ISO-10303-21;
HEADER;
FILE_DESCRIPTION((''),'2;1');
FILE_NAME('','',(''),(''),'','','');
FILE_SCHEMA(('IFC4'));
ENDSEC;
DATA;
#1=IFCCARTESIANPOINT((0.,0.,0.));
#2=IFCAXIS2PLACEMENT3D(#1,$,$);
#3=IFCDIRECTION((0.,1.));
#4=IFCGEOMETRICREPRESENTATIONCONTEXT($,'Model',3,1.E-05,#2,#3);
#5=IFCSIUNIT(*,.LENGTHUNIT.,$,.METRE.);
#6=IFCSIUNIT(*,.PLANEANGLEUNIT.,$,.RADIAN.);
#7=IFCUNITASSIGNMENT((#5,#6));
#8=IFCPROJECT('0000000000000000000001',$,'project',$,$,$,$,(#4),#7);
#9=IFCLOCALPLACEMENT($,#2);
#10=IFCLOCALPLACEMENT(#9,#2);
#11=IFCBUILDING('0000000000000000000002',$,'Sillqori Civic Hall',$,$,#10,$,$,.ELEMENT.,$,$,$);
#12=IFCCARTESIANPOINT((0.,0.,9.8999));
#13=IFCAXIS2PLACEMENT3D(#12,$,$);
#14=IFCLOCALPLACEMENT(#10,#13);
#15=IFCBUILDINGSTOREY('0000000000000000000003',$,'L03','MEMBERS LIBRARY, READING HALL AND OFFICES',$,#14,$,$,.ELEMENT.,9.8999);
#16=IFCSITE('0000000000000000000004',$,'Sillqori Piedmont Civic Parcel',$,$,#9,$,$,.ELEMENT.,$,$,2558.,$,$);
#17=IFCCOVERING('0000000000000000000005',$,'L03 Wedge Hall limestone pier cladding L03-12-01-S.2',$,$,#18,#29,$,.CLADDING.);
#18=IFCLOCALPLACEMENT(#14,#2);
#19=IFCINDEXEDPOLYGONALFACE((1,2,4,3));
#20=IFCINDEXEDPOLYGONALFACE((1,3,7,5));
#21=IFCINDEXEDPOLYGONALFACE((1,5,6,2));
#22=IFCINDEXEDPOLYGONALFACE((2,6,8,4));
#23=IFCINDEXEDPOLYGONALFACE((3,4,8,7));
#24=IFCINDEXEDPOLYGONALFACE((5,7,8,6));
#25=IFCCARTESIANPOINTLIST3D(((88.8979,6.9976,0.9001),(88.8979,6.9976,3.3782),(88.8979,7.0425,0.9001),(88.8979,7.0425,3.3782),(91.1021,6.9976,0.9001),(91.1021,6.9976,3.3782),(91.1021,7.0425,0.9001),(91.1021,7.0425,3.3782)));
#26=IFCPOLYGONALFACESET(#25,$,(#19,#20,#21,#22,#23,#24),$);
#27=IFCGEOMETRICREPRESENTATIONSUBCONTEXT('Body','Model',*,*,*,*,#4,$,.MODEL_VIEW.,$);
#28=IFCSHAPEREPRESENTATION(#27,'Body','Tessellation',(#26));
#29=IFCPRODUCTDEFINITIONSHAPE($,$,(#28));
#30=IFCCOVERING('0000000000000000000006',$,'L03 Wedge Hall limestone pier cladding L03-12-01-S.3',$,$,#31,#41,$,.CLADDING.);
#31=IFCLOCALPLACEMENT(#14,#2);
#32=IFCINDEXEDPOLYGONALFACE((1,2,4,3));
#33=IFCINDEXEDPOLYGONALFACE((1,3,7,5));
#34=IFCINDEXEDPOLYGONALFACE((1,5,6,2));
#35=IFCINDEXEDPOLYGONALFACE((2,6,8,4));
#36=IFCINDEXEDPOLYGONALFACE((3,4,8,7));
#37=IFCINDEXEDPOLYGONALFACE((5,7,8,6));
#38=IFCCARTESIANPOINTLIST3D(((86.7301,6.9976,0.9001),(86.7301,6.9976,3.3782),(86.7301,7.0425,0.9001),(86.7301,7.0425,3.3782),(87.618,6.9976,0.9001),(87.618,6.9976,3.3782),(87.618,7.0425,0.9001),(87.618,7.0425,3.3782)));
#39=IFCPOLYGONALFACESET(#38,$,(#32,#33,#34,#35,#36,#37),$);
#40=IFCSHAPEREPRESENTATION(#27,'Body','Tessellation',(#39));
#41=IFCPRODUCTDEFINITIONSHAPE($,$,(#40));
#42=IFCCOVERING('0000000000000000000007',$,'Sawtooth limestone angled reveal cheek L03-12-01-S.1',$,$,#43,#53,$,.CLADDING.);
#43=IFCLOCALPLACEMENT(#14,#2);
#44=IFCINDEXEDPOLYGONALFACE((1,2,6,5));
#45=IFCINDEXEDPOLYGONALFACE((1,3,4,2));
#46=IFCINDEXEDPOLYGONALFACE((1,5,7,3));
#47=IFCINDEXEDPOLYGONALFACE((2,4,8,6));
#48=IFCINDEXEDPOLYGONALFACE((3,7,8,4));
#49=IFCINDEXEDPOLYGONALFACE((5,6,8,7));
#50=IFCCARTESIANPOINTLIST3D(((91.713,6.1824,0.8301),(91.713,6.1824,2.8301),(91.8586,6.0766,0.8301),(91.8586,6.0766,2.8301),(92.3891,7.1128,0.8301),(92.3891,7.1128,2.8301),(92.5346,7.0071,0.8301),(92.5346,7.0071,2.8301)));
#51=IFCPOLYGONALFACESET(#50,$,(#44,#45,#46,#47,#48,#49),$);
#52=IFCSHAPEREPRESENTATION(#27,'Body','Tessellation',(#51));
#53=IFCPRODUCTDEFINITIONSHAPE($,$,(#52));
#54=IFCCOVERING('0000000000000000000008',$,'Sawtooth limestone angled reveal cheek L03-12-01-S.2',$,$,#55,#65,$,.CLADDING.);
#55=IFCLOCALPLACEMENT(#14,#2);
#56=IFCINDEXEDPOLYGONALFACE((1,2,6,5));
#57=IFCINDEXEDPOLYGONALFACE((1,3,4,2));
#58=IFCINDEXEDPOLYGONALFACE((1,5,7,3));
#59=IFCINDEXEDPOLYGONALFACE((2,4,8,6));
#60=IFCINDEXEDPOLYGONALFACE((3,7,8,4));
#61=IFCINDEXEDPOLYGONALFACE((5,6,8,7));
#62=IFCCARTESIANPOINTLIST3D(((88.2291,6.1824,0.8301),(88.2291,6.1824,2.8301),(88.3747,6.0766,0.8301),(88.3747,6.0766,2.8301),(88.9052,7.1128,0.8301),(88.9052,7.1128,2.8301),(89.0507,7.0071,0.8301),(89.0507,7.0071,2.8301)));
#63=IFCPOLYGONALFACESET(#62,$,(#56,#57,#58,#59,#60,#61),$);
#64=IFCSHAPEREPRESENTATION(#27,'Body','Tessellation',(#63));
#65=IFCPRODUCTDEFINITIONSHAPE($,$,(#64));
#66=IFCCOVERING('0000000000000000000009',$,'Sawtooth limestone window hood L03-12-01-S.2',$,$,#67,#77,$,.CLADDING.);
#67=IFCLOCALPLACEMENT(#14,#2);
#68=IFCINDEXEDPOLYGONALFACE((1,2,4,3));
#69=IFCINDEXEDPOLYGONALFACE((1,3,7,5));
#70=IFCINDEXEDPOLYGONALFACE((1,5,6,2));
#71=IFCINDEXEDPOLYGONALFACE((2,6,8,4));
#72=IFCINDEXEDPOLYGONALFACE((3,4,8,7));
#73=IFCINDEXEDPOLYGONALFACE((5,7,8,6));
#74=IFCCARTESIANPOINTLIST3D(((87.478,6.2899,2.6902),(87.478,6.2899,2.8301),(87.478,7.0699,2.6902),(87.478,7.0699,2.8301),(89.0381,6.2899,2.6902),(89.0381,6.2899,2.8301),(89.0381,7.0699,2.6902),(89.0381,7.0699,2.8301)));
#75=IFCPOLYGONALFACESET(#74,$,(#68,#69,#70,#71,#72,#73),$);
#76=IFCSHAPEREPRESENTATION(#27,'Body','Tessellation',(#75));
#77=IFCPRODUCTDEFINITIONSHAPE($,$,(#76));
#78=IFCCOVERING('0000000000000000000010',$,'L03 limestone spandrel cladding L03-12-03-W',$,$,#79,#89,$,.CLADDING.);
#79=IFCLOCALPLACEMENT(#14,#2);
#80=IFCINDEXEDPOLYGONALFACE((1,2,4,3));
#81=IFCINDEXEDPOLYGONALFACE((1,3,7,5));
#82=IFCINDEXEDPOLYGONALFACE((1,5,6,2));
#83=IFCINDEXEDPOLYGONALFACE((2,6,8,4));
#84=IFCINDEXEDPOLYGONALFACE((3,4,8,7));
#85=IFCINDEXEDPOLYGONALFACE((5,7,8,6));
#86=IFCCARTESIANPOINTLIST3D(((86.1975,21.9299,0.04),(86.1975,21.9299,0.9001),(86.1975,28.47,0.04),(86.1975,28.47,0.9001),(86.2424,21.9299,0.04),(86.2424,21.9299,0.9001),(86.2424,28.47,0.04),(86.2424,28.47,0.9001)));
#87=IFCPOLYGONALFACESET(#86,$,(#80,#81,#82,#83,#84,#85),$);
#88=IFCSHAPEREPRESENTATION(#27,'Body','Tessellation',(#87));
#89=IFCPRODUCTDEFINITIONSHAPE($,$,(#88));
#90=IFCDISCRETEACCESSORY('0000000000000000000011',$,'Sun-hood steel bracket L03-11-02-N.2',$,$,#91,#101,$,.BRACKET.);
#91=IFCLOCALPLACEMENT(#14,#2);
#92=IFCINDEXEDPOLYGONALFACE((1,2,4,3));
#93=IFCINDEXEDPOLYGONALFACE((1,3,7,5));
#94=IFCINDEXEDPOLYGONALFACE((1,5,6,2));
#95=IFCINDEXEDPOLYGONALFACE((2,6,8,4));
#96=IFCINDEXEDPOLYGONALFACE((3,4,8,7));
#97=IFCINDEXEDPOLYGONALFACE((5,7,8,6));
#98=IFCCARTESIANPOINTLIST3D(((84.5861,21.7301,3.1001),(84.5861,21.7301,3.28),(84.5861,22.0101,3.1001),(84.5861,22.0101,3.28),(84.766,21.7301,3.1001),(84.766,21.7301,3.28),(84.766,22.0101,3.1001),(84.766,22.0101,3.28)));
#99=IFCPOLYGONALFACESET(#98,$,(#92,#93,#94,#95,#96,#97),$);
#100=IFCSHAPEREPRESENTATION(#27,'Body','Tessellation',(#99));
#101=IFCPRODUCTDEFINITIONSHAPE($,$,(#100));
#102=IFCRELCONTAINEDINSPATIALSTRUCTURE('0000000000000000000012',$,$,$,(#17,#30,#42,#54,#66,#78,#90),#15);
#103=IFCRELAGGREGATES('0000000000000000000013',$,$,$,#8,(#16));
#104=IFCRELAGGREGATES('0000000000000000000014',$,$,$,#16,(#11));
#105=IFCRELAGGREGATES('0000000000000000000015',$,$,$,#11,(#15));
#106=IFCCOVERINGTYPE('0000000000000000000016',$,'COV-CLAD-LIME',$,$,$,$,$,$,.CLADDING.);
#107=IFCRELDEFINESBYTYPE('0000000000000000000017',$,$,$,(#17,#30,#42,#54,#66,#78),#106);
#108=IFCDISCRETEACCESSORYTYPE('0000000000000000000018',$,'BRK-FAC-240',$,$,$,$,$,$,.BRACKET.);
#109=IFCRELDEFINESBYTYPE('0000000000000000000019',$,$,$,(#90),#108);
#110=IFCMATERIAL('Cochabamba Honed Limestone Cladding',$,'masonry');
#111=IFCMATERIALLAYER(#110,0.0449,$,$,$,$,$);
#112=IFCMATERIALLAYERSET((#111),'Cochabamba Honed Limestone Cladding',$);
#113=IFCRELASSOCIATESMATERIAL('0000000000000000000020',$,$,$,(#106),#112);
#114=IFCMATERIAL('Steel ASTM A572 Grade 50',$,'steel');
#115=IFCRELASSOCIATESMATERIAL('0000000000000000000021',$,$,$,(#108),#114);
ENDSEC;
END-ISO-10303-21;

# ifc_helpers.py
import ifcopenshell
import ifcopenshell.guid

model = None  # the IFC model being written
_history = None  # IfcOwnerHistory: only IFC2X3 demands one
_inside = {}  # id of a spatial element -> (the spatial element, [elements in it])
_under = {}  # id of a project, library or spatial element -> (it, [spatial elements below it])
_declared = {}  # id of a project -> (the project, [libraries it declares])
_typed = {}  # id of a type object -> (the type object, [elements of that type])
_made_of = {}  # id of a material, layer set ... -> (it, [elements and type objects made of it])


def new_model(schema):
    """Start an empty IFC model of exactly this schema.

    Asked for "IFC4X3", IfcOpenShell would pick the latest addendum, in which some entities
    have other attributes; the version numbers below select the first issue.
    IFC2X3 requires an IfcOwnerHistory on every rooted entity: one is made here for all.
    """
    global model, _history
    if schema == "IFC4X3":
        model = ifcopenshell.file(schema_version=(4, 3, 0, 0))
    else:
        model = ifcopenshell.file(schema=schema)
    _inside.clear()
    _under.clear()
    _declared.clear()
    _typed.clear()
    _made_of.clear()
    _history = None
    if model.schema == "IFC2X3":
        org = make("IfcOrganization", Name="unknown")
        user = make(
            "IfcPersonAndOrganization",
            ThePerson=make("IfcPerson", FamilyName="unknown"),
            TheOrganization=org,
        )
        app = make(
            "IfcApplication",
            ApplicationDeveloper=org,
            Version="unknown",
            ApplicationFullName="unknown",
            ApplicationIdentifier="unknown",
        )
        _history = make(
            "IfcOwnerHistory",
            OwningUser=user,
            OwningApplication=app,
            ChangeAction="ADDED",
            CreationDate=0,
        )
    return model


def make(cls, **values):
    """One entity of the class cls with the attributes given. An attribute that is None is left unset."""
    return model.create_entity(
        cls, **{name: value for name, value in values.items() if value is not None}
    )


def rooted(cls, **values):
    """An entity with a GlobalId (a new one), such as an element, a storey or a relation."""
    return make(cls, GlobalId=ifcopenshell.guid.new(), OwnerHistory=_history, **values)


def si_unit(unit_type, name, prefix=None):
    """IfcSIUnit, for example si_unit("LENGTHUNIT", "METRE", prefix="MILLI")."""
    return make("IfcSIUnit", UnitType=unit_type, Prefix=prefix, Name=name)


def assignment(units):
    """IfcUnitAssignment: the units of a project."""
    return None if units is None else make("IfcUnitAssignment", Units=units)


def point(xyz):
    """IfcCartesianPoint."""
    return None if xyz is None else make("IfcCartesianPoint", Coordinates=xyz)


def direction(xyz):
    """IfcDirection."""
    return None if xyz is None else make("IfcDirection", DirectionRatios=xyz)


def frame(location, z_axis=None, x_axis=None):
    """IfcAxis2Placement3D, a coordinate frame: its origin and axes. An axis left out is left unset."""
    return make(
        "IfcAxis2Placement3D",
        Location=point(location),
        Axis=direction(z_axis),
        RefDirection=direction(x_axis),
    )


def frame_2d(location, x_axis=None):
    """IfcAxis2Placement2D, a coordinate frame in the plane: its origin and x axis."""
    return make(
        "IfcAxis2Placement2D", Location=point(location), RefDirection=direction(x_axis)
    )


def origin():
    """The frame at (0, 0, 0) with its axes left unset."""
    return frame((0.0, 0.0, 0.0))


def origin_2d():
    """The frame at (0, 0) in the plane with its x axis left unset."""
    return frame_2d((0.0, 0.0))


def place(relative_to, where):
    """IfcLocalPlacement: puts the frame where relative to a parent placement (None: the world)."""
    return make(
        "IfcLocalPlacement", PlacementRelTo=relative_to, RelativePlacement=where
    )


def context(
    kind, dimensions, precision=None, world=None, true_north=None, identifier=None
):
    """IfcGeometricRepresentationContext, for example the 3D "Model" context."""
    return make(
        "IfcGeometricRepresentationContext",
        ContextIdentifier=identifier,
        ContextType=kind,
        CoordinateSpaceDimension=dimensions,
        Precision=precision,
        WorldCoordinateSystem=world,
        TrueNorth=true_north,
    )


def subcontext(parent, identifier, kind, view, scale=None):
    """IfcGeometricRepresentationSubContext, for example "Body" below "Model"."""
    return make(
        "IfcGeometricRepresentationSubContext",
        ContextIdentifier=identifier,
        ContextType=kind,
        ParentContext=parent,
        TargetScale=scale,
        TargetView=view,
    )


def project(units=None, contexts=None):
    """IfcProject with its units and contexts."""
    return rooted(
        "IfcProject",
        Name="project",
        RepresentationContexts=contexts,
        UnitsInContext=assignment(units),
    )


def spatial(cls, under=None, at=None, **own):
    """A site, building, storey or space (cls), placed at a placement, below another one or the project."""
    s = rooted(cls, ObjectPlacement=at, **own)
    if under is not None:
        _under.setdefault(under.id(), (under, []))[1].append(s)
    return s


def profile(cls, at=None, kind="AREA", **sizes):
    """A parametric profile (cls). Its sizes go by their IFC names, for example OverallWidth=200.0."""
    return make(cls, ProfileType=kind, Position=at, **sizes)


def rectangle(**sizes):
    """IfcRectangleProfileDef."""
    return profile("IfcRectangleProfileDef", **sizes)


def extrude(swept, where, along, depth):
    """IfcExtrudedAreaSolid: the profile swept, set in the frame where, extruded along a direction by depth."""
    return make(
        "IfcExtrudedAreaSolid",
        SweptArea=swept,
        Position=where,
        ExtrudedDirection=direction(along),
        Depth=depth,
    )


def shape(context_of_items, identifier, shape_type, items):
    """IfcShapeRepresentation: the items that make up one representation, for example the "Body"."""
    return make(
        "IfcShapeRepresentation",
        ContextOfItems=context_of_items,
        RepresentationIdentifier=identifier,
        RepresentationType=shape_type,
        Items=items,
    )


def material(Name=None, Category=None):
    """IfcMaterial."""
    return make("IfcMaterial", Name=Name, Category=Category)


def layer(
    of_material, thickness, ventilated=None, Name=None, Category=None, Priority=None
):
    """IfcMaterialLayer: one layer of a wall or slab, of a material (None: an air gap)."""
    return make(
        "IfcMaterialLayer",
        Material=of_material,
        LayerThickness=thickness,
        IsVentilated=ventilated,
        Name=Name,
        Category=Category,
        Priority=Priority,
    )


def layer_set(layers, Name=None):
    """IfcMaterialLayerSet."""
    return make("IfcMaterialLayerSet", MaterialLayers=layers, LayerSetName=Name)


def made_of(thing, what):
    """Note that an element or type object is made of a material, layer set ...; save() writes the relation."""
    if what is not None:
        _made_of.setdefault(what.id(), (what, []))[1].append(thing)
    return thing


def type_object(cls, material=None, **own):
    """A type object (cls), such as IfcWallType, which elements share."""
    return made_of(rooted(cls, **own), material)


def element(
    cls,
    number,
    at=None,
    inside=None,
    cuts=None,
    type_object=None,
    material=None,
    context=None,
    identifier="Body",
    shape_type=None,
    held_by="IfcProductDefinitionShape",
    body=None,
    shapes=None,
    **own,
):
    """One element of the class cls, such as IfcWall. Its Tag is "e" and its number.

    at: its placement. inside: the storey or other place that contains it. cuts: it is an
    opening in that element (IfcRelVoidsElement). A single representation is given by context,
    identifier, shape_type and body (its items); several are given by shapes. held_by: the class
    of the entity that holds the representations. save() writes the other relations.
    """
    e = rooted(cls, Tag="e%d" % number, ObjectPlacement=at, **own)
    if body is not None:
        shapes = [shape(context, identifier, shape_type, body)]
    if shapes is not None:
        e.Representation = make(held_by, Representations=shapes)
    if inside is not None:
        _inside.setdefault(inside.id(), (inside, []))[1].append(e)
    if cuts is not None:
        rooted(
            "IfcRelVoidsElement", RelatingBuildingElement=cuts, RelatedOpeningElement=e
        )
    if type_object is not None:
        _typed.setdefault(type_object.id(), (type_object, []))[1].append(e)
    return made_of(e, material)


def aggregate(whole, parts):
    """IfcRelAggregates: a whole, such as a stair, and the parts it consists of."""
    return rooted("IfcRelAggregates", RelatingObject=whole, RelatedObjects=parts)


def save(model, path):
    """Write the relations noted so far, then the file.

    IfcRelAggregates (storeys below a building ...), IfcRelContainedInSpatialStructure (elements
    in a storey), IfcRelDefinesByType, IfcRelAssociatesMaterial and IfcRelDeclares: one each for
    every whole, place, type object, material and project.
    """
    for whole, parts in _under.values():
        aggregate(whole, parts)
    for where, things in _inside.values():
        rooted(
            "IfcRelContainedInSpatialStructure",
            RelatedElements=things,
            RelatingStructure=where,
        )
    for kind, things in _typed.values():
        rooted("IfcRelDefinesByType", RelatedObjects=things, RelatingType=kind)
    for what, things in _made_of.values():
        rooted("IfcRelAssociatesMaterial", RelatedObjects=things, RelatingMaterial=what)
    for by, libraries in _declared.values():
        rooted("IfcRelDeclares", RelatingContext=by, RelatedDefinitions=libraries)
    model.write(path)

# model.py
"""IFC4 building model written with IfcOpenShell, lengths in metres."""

from ifc_helpers import new_model, si_unit, direction, frame, frame_2d, origin, origin_2d, place, context, subcontext, project, spatial, rectangle, extrude, material, layer, layer_set, type_object, element, save


model = new_model("IFC4")

# Units and contexts
model_context = context("Model", 3, precision=1e-05, world=origin(), true_north=direction((0.0, 1.0)))
body_context = subcontext(model_context, "Body", "Model", "MODEL_VIEW")
ifc_project = project(units=[si_unit("LENGTHUNIT", "METRE"), si_unit("PLANEANGLEUNIT", "RADIAN")], contexts=[model_context])

# Site, building, storey
site_placement = place(None, origin())
site = spatial("IfcSite", under=ifc_project, at=site_placement, Name="Sillqori Piedmont Civic Parcel", CompositionType="ELEMENT", RefElevation=2558.0)
building_placement = place(site_placement, origin())
building = spatial("IfcBuilding", under=site, at=building_placement, Name="Sillqori Civic Hall", CompositionType="ELEMENT")
storey_placement = place(building_placement, frame((0.0, 0.0, 9.8999)))
storey = spatial("IfcBuildingStorey", under=building, at=storey_placement, Name="L03", Description="MEMBERS LIBRARY, READING HALL AND OFFICES", CompositionType="ELEMENT", Elevation=9.8999)

# Coverings
ifc_material_1 = material(Name="Cochabamba Honed Limestone Cladding", Category="masonry")
ifc_layer_1 = layer(ifc_material_1, 0.0449)
ifc_layer_set_1 = layer_set([ifc_layer_1], Name="Cochabamba Honed Limestone Cladding")
covering_type = type_object("IfcCoveringType", Name="COV-CLAD-LIME", PredefinedType="CLADDING", material=ifc_layer_set_1)
covering_1_placement = place(storey_placement, frame((91.1021, 7.02, 0.9001), z_axis=(0.0, 0.0, 1.0), x_axis=(-1.0, 0.0, 0.0)))
element("IfcCovering", 1, at=covering_1_placement, inside=storey, type_object=covering_type, Name="L03 Wedge Hall limestone pier cladding L03-12-01-S.2", PredefinedType="CLADDING", context=body_context, shape_type="SweptSolid", body=[
    extrude(rectangle(XDim=2.2041, YDim=0.0449, at=frame_2d((1.1021, 0.0))), origin(), (0.0, 0.0, 1.0), 2.478),
])
covering_2_placement = place(storey_placement, frame((87.6179, 7.02, 0.9001), z_axis=(0.0, 0.0, 1.0), x_axis=(-1.0, 0.0, 0.0)))
element("IfcCovering", 2, at=covering_2_placement, inside=storey, type_object=covering_type, Name="L03 Wedge Hall limestone pier cladding L03-12-01-S.3", PredefinedType="CLADDING", context=body_context, shape_type="SweptSolid", body=[
    extrude(rectangle(XDim=0.8879, YDim=0.0449, at=frame_2d((0.4438, 0.0))), origin(), (0.0, 0.0, 1.0), 2.478),
])
for number, where, z_axis, x_axis, name in (
    (3, (92.4619, 7.0601, 0.8301), (0.0, 0.0, 1.0), (-0.587806, -0.809002, 0.0), "Sawtooth limestone angled reveal cheek L03-12-01-S.1"),
    (4, (88.978, 7.0601, 0.8301), (0.0, 0.0, 1.0), (-0.587806, -0.809002, 0.0), "Sawtooth limestone angled reveal cheek L03-12-01-S.2"),
):
    element("IfcCovering", number, at=place(storey_placement, frame(where, z_axis=z_axis, x_axis=x_axis)), inside=storey, type_object=covering_type, Name=name, PredefinedType="CLADDING", context=body_context, shape_type="SweptSolid", body=[
        extrude(rectangle(XDim=1.1501, YDim=0.1799, at=frame_2d((0.5752, 0.0))), origin(), (0.0, 0.0, 1.0), 2.0),
    ])
covering_3_placement = place(storey_placement, frame((89.0381, 6.6799, 2.6902), z_axis=(0.0, 0.0, 1.0), x_axis=(-1.0, 0.0, 0.0)))
element("IfcCovering", 5, at=covering_3_placement, inside=storey, type_object=covering_type, Name="Sawtooth limestone window hood L03-12-01-S.2", PredefinedType="CLADDING", context=body_context, shape_type="SweptSolid", body=[
    extrude(rectangle(XDim=1.5601, YDim=0.78, at=frame_2d((0.78, 0.0))), origin(), (0.0, 0.0, 1.0), 0.1399),
])
covering_4_placement = place(storey_placement, frame((86.22, 21.9299, 0.04), z_axis=(0.0, 0.0, 1.0), x_axis=(0.0, 1.0, 0.0)))
element("IfcCovering", 6, at=covering_4_placement, inside=storey, type_object=covering_type, Name="L03 limestone spandrel cladding L03-12-03-W", PredefinedType="CLADDING", context=body_context, shape_type="SweptSolid", body=[
    extrude(rectangle(XDim=6.54, YDim=0.0449, at=frame_2d((3.27, 0.0))), origin(), (0.0, 0.0, 1.0), 0.8601),
])

# Discrete accessory
ifc_material_2 = material(Name="Steel ASTM A572 Grade 50", Category="steel")
discrete_accessory_type = type_object("IfcDiscreteAccessoryType", Name="BRK-FAC-240", PredefinedType="BRACKET", material=ifc_material_2)
discrete_accessory_placement = place(storey_placement, frame((84.676, 21.8701, 3.1001), z_axis=(0.0, 0.0, 1.0), x_axis=(1.0, 0.0, 0.0)))
element("IfcDiscreteAccessory", 7, at=discrete_accessory_placement, inside=storey, type_object=discrete_accessory_type, Name="Sun-hood steel bracket L03-11-02-N.2", PredefinedType="BRACKET", context=body_context, shape_type="SweptSolid", body=[
    extrude(rectangle(XDim=0.1799, YDim=0.28, at=origin_2d()), origin(), (0.0, 0.0, 1.0), 0.1799),
])

save(model, "model.ifc")
